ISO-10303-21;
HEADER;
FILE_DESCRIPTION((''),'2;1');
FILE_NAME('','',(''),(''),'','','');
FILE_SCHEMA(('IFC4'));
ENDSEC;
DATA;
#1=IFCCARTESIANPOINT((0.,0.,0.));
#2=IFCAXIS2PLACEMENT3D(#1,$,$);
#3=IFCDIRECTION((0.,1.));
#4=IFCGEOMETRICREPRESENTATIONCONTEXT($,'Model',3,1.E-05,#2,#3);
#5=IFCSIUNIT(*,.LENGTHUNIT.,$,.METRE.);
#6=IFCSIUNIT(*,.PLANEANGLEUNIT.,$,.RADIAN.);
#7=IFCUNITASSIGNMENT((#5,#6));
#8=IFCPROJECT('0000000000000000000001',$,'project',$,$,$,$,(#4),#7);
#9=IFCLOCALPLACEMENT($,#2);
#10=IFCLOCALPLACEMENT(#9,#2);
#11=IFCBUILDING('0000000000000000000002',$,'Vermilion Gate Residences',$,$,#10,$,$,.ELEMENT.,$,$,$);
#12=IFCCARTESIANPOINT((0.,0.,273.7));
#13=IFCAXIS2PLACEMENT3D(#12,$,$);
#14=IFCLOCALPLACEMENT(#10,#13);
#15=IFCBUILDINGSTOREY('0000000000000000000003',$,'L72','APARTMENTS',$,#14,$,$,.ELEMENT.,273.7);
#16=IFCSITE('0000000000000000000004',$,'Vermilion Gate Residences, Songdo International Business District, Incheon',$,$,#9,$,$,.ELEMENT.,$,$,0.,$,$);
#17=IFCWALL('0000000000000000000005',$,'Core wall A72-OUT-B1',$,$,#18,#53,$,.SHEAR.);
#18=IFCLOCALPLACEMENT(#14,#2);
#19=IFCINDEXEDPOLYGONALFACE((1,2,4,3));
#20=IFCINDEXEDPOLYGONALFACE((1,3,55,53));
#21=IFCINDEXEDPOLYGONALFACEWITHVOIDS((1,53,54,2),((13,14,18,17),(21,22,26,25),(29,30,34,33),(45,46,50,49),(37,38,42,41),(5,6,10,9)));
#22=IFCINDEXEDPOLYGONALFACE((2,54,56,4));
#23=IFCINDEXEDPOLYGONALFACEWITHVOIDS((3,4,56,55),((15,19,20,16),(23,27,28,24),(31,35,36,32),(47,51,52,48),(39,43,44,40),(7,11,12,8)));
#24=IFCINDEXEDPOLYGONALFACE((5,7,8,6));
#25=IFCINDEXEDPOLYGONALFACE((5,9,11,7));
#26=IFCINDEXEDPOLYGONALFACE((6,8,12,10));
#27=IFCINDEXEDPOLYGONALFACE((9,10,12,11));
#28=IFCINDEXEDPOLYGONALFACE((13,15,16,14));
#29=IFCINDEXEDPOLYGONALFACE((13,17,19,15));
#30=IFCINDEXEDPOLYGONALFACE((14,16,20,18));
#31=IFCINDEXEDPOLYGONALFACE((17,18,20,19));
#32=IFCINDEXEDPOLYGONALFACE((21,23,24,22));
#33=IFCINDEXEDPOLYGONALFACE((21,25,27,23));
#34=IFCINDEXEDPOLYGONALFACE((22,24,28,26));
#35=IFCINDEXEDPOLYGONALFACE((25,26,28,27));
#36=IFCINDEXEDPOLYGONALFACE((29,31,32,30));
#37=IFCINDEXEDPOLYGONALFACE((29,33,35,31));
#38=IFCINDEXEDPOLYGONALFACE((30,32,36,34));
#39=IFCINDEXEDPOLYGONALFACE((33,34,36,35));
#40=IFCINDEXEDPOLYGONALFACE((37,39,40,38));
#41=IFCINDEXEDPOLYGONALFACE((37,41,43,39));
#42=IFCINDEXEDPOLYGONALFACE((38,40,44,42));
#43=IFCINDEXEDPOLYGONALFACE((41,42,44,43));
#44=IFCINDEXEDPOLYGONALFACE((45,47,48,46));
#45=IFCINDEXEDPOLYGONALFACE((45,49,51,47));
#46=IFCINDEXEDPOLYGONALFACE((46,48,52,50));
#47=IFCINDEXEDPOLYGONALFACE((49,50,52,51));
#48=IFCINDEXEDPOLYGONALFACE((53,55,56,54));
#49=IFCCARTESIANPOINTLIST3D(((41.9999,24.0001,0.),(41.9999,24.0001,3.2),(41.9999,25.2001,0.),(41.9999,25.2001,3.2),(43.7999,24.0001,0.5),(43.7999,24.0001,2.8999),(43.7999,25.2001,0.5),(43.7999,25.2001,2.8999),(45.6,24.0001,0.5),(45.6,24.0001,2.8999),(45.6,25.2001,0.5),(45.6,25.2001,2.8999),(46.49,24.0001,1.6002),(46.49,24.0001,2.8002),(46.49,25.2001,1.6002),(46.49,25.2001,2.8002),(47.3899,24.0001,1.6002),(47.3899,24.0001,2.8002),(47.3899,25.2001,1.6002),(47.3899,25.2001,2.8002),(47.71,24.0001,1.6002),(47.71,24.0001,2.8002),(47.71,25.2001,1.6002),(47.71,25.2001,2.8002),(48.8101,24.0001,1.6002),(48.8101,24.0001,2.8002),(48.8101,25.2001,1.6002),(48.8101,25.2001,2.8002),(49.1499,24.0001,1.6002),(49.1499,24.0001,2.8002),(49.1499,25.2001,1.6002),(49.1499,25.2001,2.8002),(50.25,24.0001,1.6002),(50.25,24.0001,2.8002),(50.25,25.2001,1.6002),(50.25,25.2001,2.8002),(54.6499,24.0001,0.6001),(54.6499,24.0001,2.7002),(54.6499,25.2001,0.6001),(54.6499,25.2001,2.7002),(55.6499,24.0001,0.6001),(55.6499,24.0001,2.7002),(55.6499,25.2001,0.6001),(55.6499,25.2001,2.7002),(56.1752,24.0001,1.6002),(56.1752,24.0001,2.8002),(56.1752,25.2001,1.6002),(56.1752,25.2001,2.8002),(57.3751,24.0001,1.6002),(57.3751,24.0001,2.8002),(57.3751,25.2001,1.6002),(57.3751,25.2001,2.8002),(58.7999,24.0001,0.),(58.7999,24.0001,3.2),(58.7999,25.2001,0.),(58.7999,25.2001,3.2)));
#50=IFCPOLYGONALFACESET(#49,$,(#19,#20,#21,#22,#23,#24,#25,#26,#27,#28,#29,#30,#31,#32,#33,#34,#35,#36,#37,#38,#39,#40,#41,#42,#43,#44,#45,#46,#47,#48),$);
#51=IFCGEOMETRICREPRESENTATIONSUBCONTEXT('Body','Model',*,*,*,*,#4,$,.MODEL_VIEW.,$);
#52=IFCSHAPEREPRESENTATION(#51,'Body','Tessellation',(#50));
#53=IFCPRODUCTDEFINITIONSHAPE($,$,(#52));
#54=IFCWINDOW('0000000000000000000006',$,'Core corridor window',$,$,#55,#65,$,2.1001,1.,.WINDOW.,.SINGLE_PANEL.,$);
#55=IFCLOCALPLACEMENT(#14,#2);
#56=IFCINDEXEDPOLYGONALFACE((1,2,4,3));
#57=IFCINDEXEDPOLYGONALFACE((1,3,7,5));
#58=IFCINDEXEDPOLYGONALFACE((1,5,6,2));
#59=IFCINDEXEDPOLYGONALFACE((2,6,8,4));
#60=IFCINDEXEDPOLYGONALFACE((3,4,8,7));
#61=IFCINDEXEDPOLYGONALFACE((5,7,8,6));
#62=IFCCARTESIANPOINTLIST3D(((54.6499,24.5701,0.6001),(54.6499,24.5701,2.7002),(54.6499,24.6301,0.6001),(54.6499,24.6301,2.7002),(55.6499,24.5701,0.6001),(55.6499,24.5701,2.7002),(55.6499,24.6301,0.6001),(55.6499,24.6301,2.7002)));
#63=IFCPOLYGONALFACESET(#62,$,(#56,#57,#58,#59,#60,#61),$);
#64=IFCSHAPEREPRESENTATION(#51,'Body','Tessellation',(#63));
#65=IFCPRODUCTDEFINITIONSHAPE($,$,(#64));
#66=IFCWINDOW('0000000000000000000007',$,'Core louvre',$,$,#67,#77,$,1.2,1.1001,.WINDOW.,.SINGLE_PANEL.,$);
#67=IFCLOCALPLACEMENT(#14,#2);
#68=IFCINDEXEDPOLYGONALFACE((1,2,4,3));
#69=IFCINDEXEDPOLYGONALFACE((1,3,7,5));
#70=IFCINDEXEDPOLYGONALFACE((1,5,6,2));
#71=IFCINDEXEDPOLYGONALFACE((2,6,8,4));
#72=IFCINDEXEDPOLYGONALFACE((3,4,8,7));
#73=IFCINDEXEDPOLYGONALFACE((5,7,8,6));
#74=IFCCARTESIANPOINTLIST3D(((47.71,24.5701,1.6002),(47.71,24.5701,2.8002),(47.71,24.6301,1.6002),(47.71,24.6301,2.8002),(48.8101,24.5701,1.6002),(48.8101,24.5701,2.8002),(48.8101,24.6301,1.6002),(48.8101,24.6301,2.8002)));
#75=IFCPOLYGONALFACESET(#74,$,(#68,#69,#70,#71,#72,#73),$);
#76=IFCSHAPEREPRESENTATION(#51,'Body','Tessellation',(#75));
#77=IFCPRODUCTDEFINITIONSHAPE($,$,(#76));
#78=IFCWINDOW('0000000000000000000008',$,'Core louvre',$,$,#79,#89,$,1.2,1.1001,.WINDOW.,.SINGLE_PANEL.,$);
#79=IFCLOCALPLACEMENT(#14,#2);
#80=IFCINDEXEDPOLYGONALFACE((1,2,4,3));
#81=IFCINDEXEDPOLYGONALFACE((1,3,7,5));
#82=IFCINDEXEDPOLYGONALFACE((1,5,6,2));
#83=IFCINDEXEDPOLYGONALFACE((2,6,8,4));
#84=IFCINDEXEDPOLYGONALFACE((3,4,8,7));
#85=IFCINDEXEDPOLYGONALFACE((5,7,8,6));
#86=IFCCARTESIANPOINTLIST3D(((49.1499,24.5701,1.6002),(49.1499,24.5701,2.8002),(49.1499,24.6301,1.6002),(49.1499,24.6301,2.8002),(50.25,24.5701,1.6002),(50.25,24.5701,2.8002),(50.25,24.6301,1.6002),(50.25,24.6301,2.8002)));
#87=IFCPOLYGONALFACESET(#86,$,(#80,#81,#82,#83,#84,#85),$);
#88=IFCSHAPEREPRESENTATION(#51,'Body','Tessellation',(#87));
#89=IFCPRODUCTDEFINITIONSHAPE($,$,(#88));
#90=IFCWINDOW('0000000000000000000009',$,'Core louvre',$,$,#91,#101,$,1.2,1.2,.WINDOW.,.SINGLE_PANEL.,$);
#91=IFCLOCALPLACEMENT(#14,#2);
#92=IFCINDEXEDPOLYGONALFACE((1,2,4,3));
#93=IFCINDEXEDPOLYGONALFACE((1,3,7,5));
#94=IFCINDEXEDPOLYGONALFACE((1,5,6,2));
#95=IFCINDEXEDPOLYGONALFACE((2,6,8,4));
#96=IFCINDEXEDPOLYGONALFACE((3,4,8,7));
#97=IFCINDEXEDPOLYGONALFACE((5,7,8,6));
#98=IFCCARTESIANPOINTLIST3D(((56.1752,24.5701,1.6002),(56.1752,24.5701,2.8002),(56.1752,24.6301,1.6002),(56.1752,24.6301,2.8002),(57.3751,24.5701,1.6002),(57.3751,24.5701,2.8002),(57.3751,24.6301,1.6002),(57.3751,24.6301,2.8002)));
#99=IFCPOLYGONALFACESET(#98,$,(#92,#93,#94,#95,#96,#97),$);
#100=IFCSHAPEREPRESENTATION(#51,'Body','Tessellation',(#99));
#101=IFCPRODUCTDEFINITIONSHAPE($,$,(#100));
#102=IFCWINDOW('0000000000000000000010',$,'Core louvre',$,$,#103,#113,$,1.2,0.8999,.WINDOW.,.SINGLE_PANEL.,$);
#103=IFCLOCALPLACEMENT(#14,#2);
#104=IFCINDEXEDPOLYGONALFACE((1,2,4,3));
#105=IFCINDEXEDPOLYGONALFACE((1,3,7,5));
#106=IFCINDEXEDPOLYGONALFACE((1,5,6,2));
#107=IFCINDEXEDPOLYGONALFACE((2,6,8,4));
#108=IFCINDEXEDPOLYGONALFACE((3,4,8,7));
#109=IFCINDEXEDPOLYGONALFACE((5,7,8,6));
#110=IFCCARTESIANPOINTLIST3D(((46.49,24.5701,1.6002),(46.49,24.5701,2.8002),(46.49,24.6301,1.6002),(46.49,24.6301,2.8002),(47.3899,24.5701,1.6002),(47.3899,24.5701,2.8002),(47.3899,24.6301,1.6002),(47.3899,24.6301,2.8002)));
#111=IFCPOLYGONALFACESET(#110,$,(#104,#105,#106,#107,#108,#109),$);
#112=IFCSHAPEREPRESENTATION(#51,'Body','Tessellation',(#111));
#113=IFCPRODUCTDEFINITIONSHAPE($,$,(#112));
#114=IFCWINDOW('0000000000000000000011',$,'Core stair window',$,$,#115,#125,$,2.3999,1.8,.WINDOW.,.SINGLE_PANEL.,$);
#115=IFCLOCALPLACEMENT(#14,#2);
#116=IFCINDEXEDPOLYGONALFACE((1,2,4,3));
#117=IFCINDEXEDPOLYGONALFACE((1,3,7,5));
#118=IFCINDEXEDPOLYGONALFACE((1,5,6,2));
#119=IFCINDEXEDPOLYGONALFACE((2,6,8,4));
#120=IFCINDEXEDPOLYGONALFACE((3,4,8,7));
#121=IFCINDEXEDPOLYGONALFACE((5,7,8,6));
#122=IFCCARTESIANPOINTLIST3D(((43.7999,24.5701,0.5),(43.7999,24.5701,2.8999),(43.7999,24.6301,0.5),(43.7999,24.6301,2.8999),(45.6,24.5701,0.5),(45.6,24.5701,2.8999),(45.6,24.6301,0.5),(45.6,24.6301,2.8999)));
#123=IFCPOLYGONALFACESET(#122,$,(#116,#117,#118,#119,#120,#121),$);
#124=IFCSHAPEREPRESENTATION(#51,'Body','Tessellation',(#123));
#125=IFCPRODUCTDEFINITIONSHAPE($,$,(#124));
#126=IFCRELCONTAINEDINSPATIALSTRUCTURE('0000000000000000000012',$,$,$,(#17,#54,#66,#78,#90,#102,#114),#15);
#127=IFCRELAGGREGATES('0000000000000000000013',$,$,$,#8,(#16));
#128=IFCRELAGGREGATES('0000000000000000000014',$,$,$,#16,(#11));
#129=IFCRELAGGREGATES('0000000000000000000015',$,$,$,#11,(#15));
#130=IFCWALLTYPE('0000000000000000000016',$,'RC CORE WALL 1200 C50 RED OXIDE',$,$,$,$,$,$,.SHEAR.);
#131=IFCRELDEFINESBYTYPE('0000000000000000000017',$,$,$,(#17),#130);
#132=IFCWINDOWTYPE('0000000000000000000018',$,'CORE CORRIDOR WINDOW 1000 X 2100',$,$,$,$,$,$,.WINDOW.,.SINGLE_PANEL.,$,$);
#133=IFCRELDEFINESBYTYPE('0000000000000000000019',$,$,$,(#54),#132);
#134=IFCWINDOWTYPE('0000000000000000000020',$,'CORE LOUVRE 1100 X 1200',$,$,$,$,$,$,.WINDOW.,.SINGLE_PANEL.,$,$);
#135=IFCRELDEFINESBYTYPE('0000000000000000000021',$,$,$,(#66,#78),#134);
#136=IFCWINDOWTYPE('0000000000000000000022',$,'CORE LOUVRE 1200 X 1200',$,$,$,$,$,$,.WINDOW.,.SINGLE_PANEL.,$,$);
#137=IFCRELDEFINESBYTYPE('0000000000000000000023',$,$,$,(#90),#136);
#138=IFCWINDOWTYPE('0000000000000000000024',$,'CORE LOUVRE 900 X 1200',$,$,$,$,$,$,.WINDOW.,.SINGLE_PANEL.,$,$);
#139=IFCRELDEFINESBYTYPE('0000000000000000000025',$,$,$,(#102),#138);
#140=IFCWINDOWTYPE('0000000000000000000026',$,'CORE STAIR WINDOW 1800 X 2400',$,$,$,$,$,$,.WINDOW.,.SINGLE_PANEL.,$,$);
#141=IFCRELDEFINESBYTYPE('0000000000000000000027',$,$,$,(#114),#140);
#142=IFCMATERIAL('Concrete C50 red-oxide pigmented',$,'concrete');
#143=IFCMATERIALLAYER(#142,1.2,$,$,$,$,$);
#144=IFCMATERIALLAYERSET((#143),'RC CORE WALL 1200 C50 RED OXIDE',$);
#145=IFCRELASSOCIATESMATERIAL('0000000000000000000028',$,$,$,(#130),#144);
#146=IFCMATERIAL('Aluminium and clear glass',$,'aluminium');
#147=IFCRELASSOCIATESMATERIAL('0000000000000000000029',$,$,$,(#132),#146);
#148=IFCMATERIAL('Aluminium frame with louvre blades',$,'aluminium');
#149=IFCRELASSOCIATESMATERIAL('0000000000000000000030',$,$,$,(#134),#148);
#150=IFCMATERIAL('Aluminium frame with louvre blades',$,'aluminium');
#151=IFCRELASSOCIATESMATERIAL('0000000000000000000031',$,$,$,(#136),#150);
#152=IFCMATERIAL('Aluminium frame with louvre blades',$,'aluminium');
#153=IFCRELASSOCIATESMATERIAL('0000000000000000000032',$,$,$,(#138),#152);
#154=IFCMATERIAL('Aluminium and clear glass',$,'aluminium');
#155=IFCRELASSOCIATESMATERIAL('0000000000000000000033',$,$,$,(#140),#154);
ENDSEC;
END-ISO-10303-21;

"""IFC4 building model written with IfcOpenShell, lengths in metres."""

from ifc_helpers import new_model, si_unit, direction, frame, frame_2d, origin, place, context, subcontext, project, spatial, rectangle, extrude, material, layer, layer_set, type_object, element, fill, save


model = new_model("IFC4")

# Units and contexts
model_context = context("Model", 3, precision=1e-05, world=origin(), true_north=direction((0.0, 1.0)))
body_context = subcontext(model_context, "Body", "Model", "MODEL_VIEW")
ifc_project = project(units=[si_unit("LENGTHUNIT", "METRE"), si_unit("PLANEANGLEUNIT", "RADIAN")], contexts=[model_context])

# Site, building, storey
site_placement = place(None, origin())
site = spatial("IfcSite", under=ifc_project, at=site_placement, Name="Vermilion Gate Residences, Songdo International Business District, Incheon", CompositionType="ELEMENT", RefElevation=0.0)
building_placement = place(site_placement, origin())
building = spatial("IfcBuilding", under=site, at=building_placement, Name="Vermilion Gate Residences", CompositionType="ELEMENT")
storey_placement = place(building_placement, frame((0.0, 0.0, 273.7)))
storey = spatial("IfcBuildingStorey", under=building, at=storey_placement, Name="L72", Description="APARTMENTS", CompositionType="ELEMENT", Elevation=273.7)

# Wall, openings, windows
ifc_material_1 = material(Name="Concrete C50 red-oxide pigmented", Category="concrete")
ifc_layer_1 = layer(ifc_material_1, 1.2)
ifc_layer_set_1 = layer_set([ifc_layer_1], Name="RC CORE WALL 1200 C50 RED OXIDE")
wall_type_1 = type_object("IfcWallType", Name="RC CORE WALL 1200 C50 RED OXIDE", PredefinedType="SHEAR", material=ifc_layer_set_1)
wall_1_placement = place(storey_placement, frame((42.0, 24.6001, 0.0), z_axis=(0.0, 0.0, 1.0), x_axis=(1.0, 0.0, 0.0)))
wall_1 = element("IfcWall", 1, at=wall_1_placement, inside=storey, type_object=wall_type_1, Name="Core wall A72-OUT-B1", PredefinedType="SHEAR", context=body_context, shape_type="SweptSolid", body=[
    extrude(rectangle(XDim=16.8, YDim=1.2, at=frame_2d((8.3999, 0.0))), origin(), (0.0, 0.0, 1.0), 3.2),
])
opening_1_placement = place(wall_1_placement, frame((1.8, 0.0, 0.5)))
opening_1 = element("IfcOpeningElement", 2, at=opening_1_placement, cuts=wall_1, PredefinedType="OPENING", context=body_context, shape_type="SweptSolid", body=[
    extrude(rectangle(XDim=1.8, YDim=2.3999, at=frame_2d((0.8999, 1.2))), frame((0.0, 0.6099, 0.0), z_axis=(0.0, -1.0, 0.0), x_axis=(1.0, 0.0, 0.0)), (0.0, 0.0, 1.0), 1.22),
])
opening_2_placement = place(wall_1_placement, frame((4.49, 0.0, 1.6001)))
opening_2 = element("IfcOpeningElement", 3, at=opening_2_placement, cuts=wall_1, PredefinedType="OPENING", context=body_context, shape_type="SweptSolid", body=[
    extrude(rectangle(XDim=0.8999, YDim=1.2, at=frame_2d((0.45, 0.6001))), frame((0.0, 0.6099, 0.0), z_axis=(0.0, -1.0, 0.0), x_axis=(1.0, 0.0, 0.0)), (0.0, 0.0, 1.0), 1.22),
])
opening_3_placement = place(wall_1_placement, frame((5.71, 0.0, 1.6001)))
opening_3 = element("IfcOpeningElement", 4, at=opening_3_placement, cuts=wall_1, PredefinedType="OPENING", context=body_context, shape_type="SweptSolid", body=[
    extrude(rectangle(XDim=1.1001, YDim=1.2, at=frame_2d((0.55, 0.6001))), frame((0.0, 0.6099, 0.0), z_axis=(0.0, -1.0, 0.0), x_axis=(1.0, 0.0, 0.0)), (0.0, 0.0, 1.0), 1.22),
])
opening_4_placement = place(wall_1_placement, frame((7.1499, 0.0, 1.6001)))
opening_4 = element("IfcOpeningElement", 5, at=opening_4_placement, cuts=wall_1, PredefinedType="OPENING", context=body_context, shape_type="SweptSolid", body=[
    extrude(rectangle(XDim=1.1001, YDim=1.2, at=frame_2d((0.55, 0.6001))), frame((0.0, 0.6099, 0.0), z_axis=(0.0, -1.0, 0.0), x_axis=(1.0, 0.0, 0.0)), (0.0, 0.0, 1.0), 1.22),
])
opening_5_placement = place(wall_1_placement, frame((12.6499, 0.0, 0.6001)))
opening_5 = element("IfcOpeningElement", 6, at=opening_5_placement, cuts=wall_1, PredefinedType="OPENING", context=body_context, shape_type="SweptSolid", body=[
    extrude(rectangle(XDim=1.0, YDim=2.1001, at=frame_2d((0.5, 1.05))), frame((0.0, 0.6099, 0.0), z_axis=(0.0, -1.0, 0.0), x_axis=(1.0, 0.0, 0.0)), (0.0, 0.0, 1.0), 1.22),
])
opening_6_placement = place(wall_1_placement, frame((14.175, 0.0, 1.6001)))
opening_6 = element("IfcOpeningElement", 7, at=opening_6_placement, cuts=wall_1, PredefinedType="OPENING", context=body_context, shape_type="SweptSolid", body=[
    extrude(rectangle(XDim=1.2, YDim=1.2, at=frame_2d((0.6001, 0.6001))), frame((0.0, 0.6099, 0.0), z_axis=(0.0, -1.0, 0.0), x_axis=(1.0, 0.0, 0.0)), (0.0, 0.0, 1.0), 1.22),
])
ifc_material_2 = material(Name="Aluminium and clear glass", Category="aluminium")
window_type_1 = type_object("IfcWindowType", Name="CORE CORRIDOR WINDOW 1000 X 2100", PartitioningType="SINGLE_PANEL", PredefinedType="WINDOW", material=ifc_material_2)
window_1_placement = place(opening_5_placement, origin())
window_1 = element("IfcWindow", 8, at=window_1_placement, inside=storey, type_object=window_type_1, Name="Core corridor window", OverallHeight=2.1001, OverallWidth=1.0, PartitioningType="SINGLE_PANEL", PredefinedType="WINDOW", context=body_context, shape_type="SweptSolid", body=[
    extrude(rectangle(XDim=1.0, YDim=2.1001, at=frame_2d((0.5, 1.05))), frame((0.0, 0.03, 0.0), z_axis=(0.0, -1.0, 0.0), x_axis=(1.0, 0.0, 0.0)), (0.0, 0.0, 1.0), 0.0601),
])
fill(opening_5, window_1)
ifc_material_3 = material(Name="Aluminium frame with louvre blades", Category="aluminium")
window_type_2 = type_object("IfcWindowType", Name="CORE LOUVRE 1100 X 1200", PartitioningType="SINGLE_PANEL", PredefinedType="WINDOW", material=ifc_material_3)
window_2_placement = place(opening_3_placement, origin())
window_2 = element("IfcWindow", 9, at=window_2_placement, inside=storey, type_object=window_type_2, Name="Core louvre", OverallHeight=1.2, OverallWidth=1.1001, PartitioningType="SINGLE_PANEL", PredefinedType="WINDOW", context=body_context, shape_type="SweptSolid", body=[
    extrude(rectangle(XDim=1.1001, YDim=1.2, at=frame_2d((0.55, 0.6001))), frame((0.0, 0.03, 0.0), z_axis=(0.0, -1.0, 0.0), x_axis=(1.0, 0.0, 0.0)), (0.0, 0.0, 1.0), 0.0601),
])
fill(opening_3, window_2)
window_3_placement = place(opening_4_placement, origin())
window_3 = element("IfcWindow", 10, at=window_3_placement, inside=storey, type_object=window_type_2, Name="Core louvre", OverallHeight=1.2, OverallWidth=1.1001, PartitioningType="SINGLE_PANEL", PredefinedType="WINDOW", context=body_context, shape_type="SweptSolid", body=[
    extrude(rectangle(XDim=1.1001, YDim=1.2, at=frame_2d((0.55, 0.6001))), frame((0.0, 0.03, 0.0), z_axis=(0.0, -1.0, 0.0), x_axis=(1.0, 0.0, 0.0)), (0.0, 0.0, 1.0), 0.0601),
])
fill(opening_4, window_3)
ifc_material_4 = material(Name="Aluminium frame with louvre blades", Category="aluminium")
window_type_3 = type_object("IfcWindowType", Name="CORE LOUVRE 1200 X 1200", PartitioningType="SINGLE_PANEL", PredefinedType="WINDOW", material=ifc_material_4)
window_4_placement = place(opening_6_placement, origin())
window_4 = element("IfcWindow", 11, at=window_4_placement, inside=storey, type_object=window_type_3, Name="Core louvre", OverallHeight=1.2, OverallWidth=1.2, PartitioningType="SINGLE_PANEL", PredefinedType="WINDOW", context=body_context, shape_type="SweptSolid", body=[
    extrude(rectangle(XDim=1.2, YDim=1.2, at=frame_2d((0.6001, 0.6001))), frame((0.0, 0.03, 0.0), z_axis=(0.0, -1.0, 0.0), x_axis=(1.0, 0.0, 0.0)), (0.0, 0.0, 1.0), 0.0601),
])
fill(opening_6, window_4)
ifc_material_5 = material(Name="Aluminium frame with louvre blades", Category="aluminium")
window_type_4 = type_object("IfcWindowType", Name="CORE LOUVRE 900 X 1200", PartitioningType="SINGLE_PANEL", PredefinedType="WINDOW", material=ifc_material_5)
window_5_placement = place(opening_2_placement, origin())
window_5 = element("IfcWindow", 12, at=window_5_placement, inside=storey, type_object=window_type_4, Name="Core louvre", OverallHeight=1.2, OverallWidth=0.8999, PartitioningType="SINGLE_PANEL", PredefinedType="WINDOW", context=body_context, shape_type="SweptSolid", body=[
    extrude(rectangle(XDim=0.8999, YDim=1.2, at=frame_2d((0.45, 0.6001))), frame((0.0, 0.03, 0.0), z_axis=(0.0, -1.0, 0.0), x_axis=(1.0, 0.0, 0.0)), (0.0, 0.0, 1.0), 0.0601),
])
fill(opening_2, window_5)
ifc_material_6 = material(Name="Aluminium and clear glass", Category="aluminium")
window_type_5 = type_object("IfcWindowType", Name="CORE STAIR WINDOW 1800 X 2400", PartitioningType="SINGLE_PANEL", PredefinedType="WINDOW", material=ifc_material_6)
window_6_placement = place(opening_1_placement, origin())
window_6 = element("IfcWindow", 13, at=window_6_placement, inside=storey, type_object=window_type_5, Name="Core stair window", OverallHeight=2.3999, OverallWidth=1.8, PartitioningType="SINGLE_PANEL", PredefinedType="WINDOW", context=body_context, shape_type="SweptSolid", body=[
    extrude(rectangle(XDim=1.8, YDim=2.3999, at=frame_2d((0.8999, 1.2))), frame((0.0, 0.03, 0.0), z_axis=(0.0, -1.0, 0.0), x_axis=(1.0, 0.0, 0.0)), (0.0, 0.0, 1.0), 0.0601),
])
fill(opening_1, window_6)

save(model, "model.ifc")
